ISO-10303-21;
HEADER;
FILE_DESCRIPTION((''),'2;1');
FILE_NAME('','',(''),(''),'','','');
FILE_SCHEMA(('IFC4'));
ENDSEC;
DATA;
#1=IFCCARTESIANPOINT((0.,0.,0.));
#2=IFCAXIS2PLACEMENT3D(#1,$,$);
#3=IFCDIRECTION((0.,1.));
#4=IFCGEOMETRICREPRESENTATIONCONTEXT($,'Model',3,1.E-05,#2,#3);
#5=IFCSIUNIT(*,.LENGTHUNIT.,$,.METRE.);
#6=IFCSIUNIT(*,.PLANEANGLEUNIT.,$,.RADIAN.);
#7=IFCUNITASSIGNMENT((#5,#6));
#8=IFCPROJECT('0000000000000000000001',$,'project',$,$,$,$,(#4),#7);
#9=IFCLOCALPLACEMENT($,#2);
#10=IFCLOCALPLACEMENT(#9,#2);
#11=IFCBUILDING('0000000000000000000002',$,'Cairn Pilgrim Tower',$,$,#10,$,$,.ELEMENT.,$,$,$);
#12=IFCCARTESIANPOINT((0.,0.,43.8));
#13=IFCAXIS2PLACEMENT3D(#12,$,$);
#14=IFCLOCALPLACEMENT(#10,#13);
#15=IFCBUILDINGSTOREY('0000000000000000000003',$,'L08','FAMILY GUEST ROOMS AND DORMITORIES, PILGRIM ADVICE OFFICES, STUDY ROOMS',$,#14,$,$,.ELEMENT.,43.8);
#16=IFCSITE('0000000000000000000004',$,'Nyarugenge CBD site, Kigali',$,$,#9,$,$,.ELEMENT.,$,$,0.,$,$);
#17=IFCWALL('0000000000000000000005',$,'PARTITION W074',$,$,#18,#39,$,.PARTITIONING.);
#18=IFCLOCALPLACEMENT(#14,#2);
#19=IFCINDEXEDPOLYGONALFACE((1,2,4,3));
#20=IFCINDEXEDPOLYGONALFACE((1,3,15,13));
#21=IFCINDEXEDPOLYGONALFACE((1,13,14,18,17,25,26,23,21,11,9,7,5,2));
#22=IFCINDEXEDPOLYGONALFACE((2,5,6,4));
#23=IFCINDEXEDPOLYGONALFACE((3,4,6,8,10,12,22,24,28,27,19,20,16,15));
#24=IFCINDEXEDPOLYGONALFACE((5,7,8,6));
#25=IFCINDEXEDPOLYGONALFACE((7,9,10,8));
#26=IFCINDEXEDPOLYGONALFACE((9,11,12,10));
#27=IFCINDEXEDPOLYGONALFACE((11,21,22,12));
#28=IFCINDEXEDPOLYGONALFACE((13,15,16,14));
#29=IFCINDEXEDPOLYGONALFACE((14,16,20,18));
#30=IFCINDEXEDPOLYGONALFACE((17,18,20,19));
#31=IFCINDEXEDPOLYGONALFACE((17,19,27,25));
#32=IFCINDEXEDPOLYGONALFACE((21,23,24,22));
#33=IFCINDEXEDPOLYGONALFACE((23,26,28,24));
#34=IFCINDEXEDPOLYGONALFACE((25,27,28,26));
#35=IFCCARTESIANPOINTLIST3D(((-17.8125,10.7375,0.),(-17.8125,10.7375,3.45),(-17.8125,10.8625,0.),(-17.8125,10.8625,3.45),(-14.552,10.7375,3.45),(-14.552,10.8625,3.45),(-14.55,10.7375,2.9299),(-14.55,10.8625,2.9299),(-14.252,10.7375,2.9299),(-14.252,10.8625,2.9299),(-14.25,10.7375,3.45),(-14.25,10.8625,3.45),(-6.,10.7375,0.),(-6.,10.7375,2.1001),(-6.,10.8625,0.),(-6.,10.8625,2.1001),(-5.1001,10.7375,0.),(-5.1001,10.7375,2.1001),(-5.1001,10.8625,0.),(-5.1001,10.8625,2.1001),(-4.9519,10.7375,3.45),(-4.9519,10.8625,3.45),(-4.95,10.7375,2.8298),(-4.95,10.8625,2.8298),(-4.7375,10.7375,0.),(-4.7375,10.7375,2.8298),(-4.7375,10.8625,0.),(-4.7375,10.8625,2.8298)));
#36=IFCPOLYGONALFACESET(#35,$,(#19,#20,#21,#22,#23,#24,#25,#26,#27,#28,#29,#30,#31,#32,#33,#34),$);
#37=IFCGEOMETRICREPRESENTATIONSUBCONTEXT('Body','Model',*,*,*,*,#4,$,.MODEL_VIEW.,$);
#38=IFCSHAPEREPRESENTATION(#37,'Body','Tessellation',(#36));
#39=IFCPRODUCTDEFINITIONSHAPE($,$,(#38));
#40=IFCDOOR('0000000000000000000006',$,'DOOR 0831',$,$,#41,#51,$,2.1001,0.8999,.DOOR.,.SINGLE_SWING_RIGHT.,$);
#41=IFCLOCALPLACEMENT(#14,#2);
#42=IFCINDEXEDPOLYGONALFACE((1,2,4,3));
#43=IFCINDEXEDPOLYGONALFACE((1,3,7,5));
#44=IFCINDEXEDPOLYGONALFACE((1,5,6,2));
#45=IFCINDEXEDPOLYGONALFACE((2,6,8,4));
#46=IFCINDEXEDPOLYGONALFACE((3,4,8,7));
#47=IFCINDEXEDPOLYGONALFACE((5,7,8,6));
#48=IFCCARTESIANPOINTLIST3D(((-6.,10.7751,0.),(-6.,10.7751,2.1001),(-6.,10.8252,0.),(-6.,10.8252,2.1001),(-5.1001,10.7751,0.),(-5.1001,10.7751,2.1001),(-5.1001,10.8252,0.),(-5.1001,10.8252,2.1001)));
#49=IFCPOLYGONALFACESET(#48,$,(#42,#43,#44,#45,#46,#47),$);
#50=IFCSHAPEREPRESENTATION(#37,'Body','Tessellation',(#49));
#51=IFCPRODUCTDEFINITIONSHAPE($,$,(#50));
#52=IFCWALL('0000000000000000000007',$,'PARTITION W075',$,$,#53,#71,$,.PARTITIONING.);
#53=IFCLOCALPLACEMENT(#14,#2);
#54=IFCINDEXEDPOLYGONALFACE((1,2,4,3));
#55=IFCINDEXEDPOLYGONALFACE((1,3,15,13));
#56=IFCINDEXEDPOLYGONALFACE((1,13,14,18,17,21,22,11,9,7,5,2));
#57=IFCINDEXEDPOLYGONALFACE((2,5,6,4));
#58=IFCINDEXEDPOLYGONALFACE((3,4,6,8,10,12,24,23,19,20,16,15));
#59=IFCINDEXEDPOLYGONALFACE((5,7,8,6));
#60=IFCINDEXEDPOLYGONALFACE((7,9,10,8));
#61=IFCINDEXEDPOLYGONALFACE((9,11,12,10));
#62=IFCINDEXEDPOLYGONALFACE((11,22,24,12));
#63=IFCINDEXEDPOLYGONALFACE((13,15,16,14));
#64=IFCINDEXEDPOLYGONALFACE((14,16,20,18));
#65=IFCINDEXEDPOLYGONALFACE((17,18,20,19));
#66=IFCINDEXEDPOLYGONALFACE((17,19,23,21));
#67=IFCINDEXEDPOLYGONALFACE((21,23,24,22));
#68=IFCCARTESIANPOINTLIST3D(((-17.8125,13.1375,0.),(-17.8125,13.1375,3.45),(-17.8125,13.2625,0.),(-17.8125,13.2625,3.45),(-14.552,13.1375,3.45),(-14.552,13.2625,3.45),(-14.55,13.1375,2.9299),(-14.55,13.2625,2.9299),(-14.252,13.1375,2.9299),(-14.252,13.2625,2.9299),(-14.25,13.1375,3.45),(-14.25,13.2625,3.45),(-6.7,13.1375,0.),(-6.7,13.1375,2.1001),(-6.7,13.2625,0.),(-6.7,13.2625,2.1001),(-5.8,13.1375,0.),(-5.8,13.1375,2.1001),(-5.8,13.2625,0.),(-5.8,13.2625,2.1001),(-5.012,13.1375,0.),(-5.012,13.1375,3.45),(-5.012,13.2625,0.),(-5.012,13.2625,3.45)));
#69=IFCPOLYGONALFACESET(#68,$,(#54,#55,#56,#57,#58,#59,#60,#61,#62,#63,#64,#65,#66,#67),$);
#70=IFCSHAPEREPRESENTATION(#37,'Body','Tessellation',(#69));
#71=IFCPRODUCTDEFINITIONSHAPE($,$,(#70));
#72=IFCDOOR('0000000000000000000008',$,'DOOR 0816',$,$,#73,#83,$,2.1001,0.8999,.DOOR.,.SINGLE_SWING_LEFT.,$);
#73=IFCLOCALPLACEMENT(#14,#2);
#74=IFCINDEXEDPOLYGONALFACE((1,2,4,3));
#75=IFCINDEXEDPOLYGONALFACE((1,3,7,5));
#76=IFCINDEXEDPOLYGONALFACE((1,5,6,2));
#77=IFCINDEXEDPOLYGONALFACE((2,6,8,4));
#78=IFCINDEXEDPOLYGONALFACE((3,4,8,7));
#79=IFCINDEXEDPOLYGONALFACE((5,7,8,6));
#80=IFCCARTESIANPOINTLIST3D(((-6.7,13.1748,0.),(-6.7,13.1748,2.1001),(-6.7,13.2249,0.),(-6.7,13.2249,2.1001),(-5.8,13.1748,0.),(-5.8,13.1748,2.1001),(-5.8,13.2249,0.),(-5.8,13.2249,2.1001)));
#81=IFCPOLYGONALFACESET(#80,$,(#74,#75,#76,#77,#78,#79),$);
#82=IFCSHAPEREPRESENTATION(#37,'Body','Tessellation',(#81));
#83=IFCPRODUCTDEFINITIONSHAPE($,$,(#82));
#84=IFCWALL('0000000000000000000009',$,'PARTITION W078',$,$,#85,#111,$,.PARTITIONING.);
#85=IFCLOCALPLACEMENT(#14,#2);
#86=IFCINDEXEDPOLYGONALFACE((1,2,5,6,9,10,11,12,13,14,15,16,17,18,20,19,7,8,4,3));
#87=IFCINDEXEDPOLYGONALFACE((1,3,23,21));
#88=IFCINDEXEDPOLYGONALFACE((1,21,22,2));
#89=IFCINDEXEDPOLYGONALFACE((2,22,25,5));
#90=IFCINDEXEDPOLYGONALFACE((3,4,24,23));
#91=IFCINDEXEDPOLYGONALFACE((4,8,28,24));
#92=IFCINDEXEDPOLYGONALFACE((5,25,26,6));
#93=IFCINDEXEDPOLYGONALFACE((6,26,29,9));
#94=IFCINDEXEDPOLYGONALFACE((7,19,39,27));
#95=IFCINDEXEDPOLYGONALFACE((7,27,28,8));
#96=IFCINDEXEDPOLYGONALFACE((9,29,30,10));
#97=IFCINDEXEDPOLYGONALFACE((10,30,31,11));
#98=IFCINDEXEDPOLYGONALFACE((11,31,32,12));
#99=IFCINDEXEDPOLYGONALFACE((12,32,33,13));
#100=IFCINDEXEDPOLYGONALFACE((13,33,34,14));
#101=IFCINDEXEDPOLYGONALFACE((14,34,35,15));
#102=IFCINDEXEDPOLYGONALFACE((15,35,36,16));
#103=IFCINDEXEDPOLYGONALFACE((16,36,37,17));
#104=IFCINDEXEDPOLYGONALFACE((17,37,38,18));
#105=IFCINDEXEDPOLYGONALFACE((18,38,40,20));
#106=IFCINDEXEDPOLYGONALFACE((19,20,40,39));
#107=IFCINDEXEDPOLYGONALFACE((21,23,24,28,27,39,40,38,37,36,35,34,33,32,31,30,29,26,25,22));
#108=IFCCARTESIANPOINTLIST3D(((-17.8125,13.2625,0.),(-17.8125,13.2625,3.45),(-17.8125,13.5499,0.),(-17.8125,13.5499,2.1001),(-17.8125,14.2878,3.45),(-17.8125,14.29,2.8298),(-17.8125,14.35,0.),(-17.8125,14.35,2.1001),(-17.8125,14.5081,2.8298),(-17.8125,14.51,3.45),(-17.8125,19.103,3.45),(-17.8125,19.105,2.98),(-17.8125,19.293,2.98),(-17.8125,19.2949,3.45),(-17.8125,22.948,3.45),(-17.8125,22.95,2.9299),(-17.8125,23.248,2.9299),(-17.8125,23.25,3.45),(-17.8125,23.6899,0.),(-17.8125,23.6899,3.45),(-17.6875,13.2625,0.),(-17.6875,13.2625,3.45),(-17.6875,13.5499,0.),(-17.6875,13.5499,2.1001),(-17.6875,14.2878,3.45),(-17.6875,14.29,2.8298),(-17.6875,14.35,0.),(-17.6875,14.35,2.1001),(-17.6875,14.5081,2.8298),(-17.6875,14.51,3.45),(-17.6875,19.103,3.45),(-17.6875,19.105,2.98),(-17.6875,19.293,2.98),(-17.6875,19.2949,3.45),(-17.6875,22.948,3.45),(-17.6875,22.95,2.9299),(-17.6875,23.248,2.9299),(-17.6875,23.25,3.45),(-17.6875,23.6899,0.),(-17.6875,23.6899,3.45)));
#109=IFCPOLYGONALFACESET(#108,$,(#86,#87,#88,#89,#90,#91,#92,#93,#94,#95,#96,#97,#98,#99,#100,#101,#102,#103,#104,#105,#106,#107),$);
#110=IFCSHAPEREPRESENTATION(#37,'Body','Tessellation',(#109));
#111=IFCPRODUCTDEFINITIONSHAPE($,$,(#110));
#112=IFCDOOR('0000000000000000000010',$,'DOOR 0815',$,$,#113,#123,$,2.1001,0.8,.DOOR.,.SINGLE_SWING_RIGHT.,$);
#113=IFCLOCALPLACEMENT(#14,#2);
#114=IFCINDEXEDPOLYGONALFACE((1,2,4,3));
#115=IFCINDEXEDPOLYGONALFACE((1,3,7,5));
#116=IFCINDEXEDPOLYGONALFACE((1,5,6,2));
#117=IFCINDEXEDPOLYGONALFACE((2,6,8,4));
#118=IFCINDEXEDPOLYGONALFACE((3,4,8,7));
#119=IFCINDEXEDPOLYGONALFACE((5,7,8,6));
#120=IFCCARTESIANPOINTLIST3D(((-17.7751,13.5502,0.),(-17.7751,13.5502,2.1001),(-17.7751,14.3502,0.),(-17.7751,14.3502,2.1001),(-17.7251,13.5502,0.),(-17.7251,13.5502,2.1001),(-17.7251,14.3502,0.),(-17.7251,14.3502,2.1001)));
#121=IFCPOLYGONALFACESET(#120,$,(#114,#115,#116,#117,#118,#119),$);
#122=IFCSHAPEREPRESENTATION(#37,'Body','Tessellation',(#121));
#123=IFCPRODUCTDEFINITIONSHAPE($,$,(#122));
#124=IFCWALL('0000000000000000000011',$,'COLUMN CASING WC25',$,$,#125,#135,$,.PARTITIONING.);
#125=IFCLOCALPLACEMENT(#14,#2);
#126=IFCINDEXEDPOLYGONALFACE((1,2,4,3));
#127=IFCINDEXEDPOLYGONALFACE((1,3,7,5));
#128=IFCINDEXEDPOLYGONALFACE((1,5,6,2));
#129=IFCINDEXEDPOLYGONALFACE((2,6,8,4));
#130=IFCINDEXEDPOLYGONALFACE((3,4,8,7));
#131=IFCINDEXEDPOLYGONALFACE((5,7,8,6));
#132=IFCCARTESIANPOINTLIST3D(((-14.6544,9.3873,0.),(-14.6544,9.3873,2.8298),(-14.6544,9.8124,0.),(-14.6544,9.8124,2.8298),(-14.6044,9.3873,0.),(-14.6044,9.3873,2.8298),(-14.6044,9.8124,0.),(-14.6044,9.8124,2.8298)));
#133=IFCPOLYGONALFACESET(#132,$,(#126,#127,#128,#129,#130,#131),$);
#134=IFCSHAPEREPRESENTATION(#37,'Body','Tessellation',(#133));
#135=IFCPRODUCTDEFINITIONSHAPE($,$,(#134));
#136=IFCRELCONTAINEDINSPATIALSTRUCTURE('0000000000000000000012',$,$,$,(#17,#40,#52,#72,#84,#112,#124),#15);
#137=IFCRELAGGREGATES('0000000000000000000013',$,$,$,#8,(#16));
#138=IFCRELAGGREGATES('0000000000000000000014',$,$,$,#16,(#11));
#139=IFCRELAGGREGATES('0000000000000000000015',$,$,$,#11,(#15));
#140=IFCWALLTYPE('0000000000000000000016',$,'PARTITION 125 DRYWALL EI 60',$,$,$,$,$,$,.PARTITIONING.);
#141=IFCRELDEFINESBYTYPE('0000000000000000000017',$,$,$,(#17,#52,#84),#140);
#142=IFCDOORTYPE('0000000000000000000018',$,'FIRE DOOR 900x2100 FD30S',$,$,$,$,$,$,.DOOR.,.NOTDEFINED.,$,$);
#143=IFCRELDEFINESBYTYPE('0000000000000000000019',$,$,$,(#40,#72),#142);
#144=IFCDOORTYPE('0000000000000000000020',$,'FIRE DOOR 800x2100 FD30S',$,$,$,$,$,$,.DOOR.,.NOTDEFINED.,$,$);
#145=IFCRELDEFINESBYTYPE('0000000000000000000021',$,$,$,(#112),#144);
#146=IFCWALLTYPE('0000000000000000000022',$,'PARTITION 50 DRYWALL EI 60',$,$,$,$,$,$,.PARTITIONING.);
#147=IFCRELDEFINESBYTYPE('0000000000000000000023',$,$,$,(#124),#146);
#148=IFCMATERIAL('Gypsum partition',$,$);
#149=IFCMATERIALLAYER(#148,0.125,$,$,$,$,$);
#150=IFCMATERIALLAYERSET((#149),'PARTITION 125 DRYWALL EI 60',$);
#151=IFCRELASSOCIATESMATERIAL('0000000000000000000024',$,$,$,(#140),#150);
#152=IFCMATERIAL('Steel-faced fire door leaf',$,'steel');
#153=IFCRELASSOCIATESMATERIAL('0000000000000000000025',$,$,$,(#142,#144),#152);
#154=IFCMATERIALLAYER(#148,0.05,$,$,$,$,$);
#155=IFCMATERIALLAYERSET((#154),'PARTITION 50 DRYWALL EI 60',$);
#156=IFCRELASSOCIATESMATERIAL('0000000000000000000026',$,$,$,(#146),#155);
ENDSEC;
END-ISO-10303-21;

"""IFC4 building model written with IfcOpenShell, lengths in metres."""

from ifc_helpers import new_model, si_unit, direction, frame, frame_2d, origin, place, context, subcontext, project, spatial, polyline, rectangle, outline, extrude, material, layer, layer_set, type_object, element, fill, save


model = new_model("IFC4")

# Units and contexts
model_context = context("Model", 3, precision=1e-05, world=origin(), true_north=direction((0.0, 1.0)))
body_context = subcontext(model_context, "Body", "Model", "MODEL_VIEW")
ifc_project = project(units=[si_unit("LENGTHUNIT", "METRE"), si_unit("PLANEANGLEUNIT", "RADIAN")], contexts=[model_context])

# Site, building, storey
site_placement = place(None, origin())
site = spatial("IfcSite", under=ifc_project, at=site_placement, Name="Nyarugenge CBD site, Kigali", CompositionType="ELEMENT", RefElevation=0.0)
building_placement = place(site_placement, origin())
building = spatial("IfcBuilding", under=site, at=building_placement, Name="Cairn Pilgrim Tower", CompositionType="ELEMENT")
storey_placement = place(building_placement, frame((0.0, 0.0, 43.8)))
storey = spatial("IfcBuildingStorey", under=building, at=storey_placement, Name="L08", Description="FAMILY GUEST ROOMS AND DORMITORIES, PILGRIM ADVICE OFFICES, STUDY ROOMS", CompositionType="ELEMENT", Elevation=43.8)

# Shared definitions
ifc_material_1 = material(Name="Gypsum partition")

# Shared definitions
ifc_layer_1 = layer(ifc_material_1, 0.125)
ifc_layer_set_1 = layer_set([ifc_layer_1], Name="PARTITION 125 DRYWALL EI 60")
wall_type_1 = type_object("IfcWallType", Name="PARTITION 125 DRYWALL EI 60", PredefinedType="PARTITIONING", material=ifc_layer_set_1)

# Shared definitions
ifc_material_2 = material(Name="Steel-faced fire door leaf", Category="steel")
door_type_1 = type_object("IfcDoorType", Name="FIRE DOOR 900x2100 FD30S", OperationType="NOTDEFINED", PredefinedType="DOOR", material=ifc_material_2)
door_type_2 = type_object("IfcDoorType", Name="FIRE DOOR 800x2100 FD30S", OperationType="NOTDEFINED", PredefinedType="DOOR", material=ifc_material_2)

# Walls, openings, doors
wall_1_placement = place(storey_placement, frame((-17.8125, 10.8, 0.0), z_axis=(0.0, 0.0, 1.0), x_axis=(1.0, 0.0, 0.0)))
wall_1 = element("IfcWall", 1, at=wall_1_placement, inside=storey, type_object=wall_type_1, Name="PARTITION W074", PredefinedType="PARTITIONING", context=body_context, shape_type="SweptSolid", body=[
    extrude(outline(polyline([(0.0, 0.0), (13.075, 0.0), (13.075, 2.8298), (12.8625, 2.8298), (12.8606, 3.45), (3.5625, 3.45), (3.5605, 2.9299), (3.2625, 2.9299), (3.2605, 3.45), (0.0, 3.45), (0.0, 0.0)])), frame((0.0, 0.0625, 0.0), z_axis=(0.0, -1.0, 0.0), x_axis=(1.0, 0.0, 0.0)), (0.0, 0.0, 1.0), 0.125),
])
opening_1_placement = place(wall_1_placement, frame((11.8125, 0.0, 0.0)))
opening_1 = element("IfcOpeningElement", 2, at=opening_1_placement, cuts=wall_1, PredefinedType="OPENING", context=body_context, shape_type="SweptSolid", body=[
    extrude(rectangle(XDim=0.8999, YDim=2.1001, at=frame_2d((0.45, 1.05))), frame((0.0, 0.0725, 0.0), z_axis=(0.0, -1.0, 0.0), x_axis=(1.0, 0.0, 0.0)), (0.0, 0.0, 1.0), 0.145),
])
door_1_placement = place(opening_1_placement, frame((0.8999, 0.0, 0.0), z_axis=(0.0, 0.0, 1.0), x_axis=(-1.0, 0.0, 0.0)))
door_1 = element("IfcDoor", 3, at=door_1_placement, inside=storey, type_object=door_type_1, Name="DOOR 0831", OperationType="SINGLE_SWING_RIGHT", OverallHeight=2.1001, OverallWidth=0.8999, PredefinedType="DOOR", context=body_context, shape_type="SweptSolid", body=[
    extrude(rectangle(XDim=0.8999, YDim=2.1001, at=frame_2d((0.45, 1.05))), frame((0.0, 0.0249, 0.0), z_axis=(0.0, -1.0, 0.0), x_axis=(1.0, 0.0, 0.0)), (0.0, 0.0, 1.0), 0.05),
])
fill(opening_1, door_1)
wall_2_placement = place(storey_placement, frame((-17.8125, 13.2, 0.0), z_axis=(0.0, 0.0, 1.0), x_axis=(1.0, 0.0, 0.0)))
wall_2 = element("IfcWall", 4, at=wall_2_placement, inside=storey, type_object=wall_type_1, Name="PARTITION W075", PredefinedType="PARTITIONING", context=body_context, shape_type="SweptSolid", body=[
    extrude(outline(polyline([(0.0, 0.0), (12.8005, 0.0), (12.8005, 3.45), (3.5625, 3.45), (3.5605, 2.9299), (3.2625, 2.9299), (3.2605, 3.45), (0.0, 3.45), (0.0, 0.0)])), frame((0.0, 0.0625, 0.0), z_axis=(0.0, -1.0, 0.0), x_axis=(1.0, 0.0, 0.0)), (0.0, 0.0, 1.0), 0.125),
])
opening_2_placement = place(wall_2_placement, frame((11.1125, 0.0, 0.0)))
opening_2 = element("IfcOpeningElement", 5, at=opening_2_placement, cuts=wall_2, PredefinedType="OPENING", context=body_context, shape_type="SweptSolid", body=[
    extrude(rectangle(XDim=0.8999, YDim=2.1001, at=frame_2d((0.45, 1.05))), frame((0.0, 0.0725, 0.0), z_axis=(0.0, -1.0, 0.0), x_axis=(1.0, 0.0, 0.0)), (0.0, 0.0, 1.0), 0.145),
])
door_2_placement = place(opening_2_placement, origin())
door_2 = element("IfcDoor", 6, at=door_2_placement, inside=storey, type_object=door_type_1, Name="DOOR 0816", OperationType="SINGLE_SWING_LEFT", OverallHeight=2.1001, OverallWidth=0.8999, PredefinedType="DOOR", context=body_context, shape_type="SweptSolid", body=[
    extrude(rectangle(XDim=0.8999, YDim=2.1001, at=frame_2d((0.45, 1.05))), frame((0.0, 0.0249, 0.0), z_axis=(0.0, -1.0, 0.0), x_axis=(1.0, 0.0, 0.0)), (0.0, 0.0, 1.0), 0.05),
])
fill(opening_2, door_2)
wall_3_placement = place(storey_placement, frame((-17.75, 13.2625, 0.0), z_axis=(0.0, 0.0, 1.0), x_axis=(0.0, 1.0, 0.0)))
wall_3 = element("IfcWall", 7, at=wall_3_placement, inside=storey, type_object=wall_type_1, Name="PARTITION W078", PredefinedType="PARTITIONING", context=body_context, shape_type="SweptSolid", body=[
    extrude(outline(polyline([(0.0, 0.0), (10.4275, 0.0), (10.4275, 3.45), (9.9875, 3.45), (9.9856, 2.9299), (9.6875, 2.9299), (9.6855, 3.45), (6.0325, 3.45), (6.0305, 2.98), (5.8425, 2.98), (5.8406, 3.45), (1.2476, 3.45), (1.2456, 2.8298), (1.0276, 2.8298), (1.0254, 3.45), (0.0, 3.45), (0.0, 0.0)])), frame((0.0, 0.0625, 0.0), z_axis=(0.0, -1.0, 0.0), x_axis=(1.0, 0.0, 0.0)), (0.0, 0.0, 1.0), 0.125),
])
opening_3_placement = place(wall_3_placement, frame((0.2876, 0.0, 0.0)))
opening_3 = element("IfcOpeningElement", 8, at=opening_3_placement, cuts=wall_3, PredefinedType="OPENING", context=body_context, shape_type="SweptSolid", body=[
    extrude(rectangle(XDim=0.8, YDim=2.1001, at=frame_2d((0.3999, 1.05))), frame((0.0, 0.0725, 0.0), z_axis=(0.0, -1.0, 0.0), x_axis=(1.0, 0.0, 0.0)), (0.0, 0.0, 1.0), 0.145),
])
door_3_placement = place(opening_3_placement, frame((0.8, 0.0, 0.0), z_axis=(0.0, 0.0, 1.0), x_axis=(-1.0, 0.0, 0.0)))
door_3 = element("IfcDoor", 9, at=door_3_placement, inside=storey, type_object=door_type_2, Name="DOOR 0815", OperationType="SINGLE_SWING_RIGHT", OverallHeight=2.1001, OverallWidth=0.8, PredefinedType="DOOR", context=body_context, shape_type="SweptSolid", body=[
    extrude(rectangle(XDim=0.8, YDim=2.1001, at=frame_2d((0.3999, 1.05))), frame((0.0, 0.0249, 0.0), z_axis=(0.0, -1.0, 0.0), x_axis=(1.0, 0.0, 0.0)), (0.0, 0.0, 1.0), 0.05),
])
fill(opening_3, door_3)

# Wall
ifc_layer_2 = layer(ifc_material_1, 0.05)
ifc_layer_set_2 = layer_set([ifc_layer_2], Name="PARTITION 50 DRYWALL EI 60")
wall_type_2 = type_object("IfcWallType", Name="PARTITION 50 DRYWALL EI 60", PredefinedType="PARTITIONING", material=ifc_layer_set_2)
wall_4_placement = place(storey_placement, frame((-14.6294, 9.3875, 0.0), z_axis=(0.0, 0.0, 1.0), x_axis=(0.0, 1.0, 0.0)))
element("IfcWall", 10, at=wall_4_placement, inside=storey, type_object=wall_type_2, Name="COLUMN CASING WC25", PredefinedType="PARTITIONING", context=body_context, shape_type="SweptSolid", body=[
    extrude(rectangle(XDim=0.425, YDim=0.05, at=frame_2d((0.2124, 0.0))), origin(), (0.0, 0.0, 1.0), 2.8298),
])

save(model, "model.ifc")
